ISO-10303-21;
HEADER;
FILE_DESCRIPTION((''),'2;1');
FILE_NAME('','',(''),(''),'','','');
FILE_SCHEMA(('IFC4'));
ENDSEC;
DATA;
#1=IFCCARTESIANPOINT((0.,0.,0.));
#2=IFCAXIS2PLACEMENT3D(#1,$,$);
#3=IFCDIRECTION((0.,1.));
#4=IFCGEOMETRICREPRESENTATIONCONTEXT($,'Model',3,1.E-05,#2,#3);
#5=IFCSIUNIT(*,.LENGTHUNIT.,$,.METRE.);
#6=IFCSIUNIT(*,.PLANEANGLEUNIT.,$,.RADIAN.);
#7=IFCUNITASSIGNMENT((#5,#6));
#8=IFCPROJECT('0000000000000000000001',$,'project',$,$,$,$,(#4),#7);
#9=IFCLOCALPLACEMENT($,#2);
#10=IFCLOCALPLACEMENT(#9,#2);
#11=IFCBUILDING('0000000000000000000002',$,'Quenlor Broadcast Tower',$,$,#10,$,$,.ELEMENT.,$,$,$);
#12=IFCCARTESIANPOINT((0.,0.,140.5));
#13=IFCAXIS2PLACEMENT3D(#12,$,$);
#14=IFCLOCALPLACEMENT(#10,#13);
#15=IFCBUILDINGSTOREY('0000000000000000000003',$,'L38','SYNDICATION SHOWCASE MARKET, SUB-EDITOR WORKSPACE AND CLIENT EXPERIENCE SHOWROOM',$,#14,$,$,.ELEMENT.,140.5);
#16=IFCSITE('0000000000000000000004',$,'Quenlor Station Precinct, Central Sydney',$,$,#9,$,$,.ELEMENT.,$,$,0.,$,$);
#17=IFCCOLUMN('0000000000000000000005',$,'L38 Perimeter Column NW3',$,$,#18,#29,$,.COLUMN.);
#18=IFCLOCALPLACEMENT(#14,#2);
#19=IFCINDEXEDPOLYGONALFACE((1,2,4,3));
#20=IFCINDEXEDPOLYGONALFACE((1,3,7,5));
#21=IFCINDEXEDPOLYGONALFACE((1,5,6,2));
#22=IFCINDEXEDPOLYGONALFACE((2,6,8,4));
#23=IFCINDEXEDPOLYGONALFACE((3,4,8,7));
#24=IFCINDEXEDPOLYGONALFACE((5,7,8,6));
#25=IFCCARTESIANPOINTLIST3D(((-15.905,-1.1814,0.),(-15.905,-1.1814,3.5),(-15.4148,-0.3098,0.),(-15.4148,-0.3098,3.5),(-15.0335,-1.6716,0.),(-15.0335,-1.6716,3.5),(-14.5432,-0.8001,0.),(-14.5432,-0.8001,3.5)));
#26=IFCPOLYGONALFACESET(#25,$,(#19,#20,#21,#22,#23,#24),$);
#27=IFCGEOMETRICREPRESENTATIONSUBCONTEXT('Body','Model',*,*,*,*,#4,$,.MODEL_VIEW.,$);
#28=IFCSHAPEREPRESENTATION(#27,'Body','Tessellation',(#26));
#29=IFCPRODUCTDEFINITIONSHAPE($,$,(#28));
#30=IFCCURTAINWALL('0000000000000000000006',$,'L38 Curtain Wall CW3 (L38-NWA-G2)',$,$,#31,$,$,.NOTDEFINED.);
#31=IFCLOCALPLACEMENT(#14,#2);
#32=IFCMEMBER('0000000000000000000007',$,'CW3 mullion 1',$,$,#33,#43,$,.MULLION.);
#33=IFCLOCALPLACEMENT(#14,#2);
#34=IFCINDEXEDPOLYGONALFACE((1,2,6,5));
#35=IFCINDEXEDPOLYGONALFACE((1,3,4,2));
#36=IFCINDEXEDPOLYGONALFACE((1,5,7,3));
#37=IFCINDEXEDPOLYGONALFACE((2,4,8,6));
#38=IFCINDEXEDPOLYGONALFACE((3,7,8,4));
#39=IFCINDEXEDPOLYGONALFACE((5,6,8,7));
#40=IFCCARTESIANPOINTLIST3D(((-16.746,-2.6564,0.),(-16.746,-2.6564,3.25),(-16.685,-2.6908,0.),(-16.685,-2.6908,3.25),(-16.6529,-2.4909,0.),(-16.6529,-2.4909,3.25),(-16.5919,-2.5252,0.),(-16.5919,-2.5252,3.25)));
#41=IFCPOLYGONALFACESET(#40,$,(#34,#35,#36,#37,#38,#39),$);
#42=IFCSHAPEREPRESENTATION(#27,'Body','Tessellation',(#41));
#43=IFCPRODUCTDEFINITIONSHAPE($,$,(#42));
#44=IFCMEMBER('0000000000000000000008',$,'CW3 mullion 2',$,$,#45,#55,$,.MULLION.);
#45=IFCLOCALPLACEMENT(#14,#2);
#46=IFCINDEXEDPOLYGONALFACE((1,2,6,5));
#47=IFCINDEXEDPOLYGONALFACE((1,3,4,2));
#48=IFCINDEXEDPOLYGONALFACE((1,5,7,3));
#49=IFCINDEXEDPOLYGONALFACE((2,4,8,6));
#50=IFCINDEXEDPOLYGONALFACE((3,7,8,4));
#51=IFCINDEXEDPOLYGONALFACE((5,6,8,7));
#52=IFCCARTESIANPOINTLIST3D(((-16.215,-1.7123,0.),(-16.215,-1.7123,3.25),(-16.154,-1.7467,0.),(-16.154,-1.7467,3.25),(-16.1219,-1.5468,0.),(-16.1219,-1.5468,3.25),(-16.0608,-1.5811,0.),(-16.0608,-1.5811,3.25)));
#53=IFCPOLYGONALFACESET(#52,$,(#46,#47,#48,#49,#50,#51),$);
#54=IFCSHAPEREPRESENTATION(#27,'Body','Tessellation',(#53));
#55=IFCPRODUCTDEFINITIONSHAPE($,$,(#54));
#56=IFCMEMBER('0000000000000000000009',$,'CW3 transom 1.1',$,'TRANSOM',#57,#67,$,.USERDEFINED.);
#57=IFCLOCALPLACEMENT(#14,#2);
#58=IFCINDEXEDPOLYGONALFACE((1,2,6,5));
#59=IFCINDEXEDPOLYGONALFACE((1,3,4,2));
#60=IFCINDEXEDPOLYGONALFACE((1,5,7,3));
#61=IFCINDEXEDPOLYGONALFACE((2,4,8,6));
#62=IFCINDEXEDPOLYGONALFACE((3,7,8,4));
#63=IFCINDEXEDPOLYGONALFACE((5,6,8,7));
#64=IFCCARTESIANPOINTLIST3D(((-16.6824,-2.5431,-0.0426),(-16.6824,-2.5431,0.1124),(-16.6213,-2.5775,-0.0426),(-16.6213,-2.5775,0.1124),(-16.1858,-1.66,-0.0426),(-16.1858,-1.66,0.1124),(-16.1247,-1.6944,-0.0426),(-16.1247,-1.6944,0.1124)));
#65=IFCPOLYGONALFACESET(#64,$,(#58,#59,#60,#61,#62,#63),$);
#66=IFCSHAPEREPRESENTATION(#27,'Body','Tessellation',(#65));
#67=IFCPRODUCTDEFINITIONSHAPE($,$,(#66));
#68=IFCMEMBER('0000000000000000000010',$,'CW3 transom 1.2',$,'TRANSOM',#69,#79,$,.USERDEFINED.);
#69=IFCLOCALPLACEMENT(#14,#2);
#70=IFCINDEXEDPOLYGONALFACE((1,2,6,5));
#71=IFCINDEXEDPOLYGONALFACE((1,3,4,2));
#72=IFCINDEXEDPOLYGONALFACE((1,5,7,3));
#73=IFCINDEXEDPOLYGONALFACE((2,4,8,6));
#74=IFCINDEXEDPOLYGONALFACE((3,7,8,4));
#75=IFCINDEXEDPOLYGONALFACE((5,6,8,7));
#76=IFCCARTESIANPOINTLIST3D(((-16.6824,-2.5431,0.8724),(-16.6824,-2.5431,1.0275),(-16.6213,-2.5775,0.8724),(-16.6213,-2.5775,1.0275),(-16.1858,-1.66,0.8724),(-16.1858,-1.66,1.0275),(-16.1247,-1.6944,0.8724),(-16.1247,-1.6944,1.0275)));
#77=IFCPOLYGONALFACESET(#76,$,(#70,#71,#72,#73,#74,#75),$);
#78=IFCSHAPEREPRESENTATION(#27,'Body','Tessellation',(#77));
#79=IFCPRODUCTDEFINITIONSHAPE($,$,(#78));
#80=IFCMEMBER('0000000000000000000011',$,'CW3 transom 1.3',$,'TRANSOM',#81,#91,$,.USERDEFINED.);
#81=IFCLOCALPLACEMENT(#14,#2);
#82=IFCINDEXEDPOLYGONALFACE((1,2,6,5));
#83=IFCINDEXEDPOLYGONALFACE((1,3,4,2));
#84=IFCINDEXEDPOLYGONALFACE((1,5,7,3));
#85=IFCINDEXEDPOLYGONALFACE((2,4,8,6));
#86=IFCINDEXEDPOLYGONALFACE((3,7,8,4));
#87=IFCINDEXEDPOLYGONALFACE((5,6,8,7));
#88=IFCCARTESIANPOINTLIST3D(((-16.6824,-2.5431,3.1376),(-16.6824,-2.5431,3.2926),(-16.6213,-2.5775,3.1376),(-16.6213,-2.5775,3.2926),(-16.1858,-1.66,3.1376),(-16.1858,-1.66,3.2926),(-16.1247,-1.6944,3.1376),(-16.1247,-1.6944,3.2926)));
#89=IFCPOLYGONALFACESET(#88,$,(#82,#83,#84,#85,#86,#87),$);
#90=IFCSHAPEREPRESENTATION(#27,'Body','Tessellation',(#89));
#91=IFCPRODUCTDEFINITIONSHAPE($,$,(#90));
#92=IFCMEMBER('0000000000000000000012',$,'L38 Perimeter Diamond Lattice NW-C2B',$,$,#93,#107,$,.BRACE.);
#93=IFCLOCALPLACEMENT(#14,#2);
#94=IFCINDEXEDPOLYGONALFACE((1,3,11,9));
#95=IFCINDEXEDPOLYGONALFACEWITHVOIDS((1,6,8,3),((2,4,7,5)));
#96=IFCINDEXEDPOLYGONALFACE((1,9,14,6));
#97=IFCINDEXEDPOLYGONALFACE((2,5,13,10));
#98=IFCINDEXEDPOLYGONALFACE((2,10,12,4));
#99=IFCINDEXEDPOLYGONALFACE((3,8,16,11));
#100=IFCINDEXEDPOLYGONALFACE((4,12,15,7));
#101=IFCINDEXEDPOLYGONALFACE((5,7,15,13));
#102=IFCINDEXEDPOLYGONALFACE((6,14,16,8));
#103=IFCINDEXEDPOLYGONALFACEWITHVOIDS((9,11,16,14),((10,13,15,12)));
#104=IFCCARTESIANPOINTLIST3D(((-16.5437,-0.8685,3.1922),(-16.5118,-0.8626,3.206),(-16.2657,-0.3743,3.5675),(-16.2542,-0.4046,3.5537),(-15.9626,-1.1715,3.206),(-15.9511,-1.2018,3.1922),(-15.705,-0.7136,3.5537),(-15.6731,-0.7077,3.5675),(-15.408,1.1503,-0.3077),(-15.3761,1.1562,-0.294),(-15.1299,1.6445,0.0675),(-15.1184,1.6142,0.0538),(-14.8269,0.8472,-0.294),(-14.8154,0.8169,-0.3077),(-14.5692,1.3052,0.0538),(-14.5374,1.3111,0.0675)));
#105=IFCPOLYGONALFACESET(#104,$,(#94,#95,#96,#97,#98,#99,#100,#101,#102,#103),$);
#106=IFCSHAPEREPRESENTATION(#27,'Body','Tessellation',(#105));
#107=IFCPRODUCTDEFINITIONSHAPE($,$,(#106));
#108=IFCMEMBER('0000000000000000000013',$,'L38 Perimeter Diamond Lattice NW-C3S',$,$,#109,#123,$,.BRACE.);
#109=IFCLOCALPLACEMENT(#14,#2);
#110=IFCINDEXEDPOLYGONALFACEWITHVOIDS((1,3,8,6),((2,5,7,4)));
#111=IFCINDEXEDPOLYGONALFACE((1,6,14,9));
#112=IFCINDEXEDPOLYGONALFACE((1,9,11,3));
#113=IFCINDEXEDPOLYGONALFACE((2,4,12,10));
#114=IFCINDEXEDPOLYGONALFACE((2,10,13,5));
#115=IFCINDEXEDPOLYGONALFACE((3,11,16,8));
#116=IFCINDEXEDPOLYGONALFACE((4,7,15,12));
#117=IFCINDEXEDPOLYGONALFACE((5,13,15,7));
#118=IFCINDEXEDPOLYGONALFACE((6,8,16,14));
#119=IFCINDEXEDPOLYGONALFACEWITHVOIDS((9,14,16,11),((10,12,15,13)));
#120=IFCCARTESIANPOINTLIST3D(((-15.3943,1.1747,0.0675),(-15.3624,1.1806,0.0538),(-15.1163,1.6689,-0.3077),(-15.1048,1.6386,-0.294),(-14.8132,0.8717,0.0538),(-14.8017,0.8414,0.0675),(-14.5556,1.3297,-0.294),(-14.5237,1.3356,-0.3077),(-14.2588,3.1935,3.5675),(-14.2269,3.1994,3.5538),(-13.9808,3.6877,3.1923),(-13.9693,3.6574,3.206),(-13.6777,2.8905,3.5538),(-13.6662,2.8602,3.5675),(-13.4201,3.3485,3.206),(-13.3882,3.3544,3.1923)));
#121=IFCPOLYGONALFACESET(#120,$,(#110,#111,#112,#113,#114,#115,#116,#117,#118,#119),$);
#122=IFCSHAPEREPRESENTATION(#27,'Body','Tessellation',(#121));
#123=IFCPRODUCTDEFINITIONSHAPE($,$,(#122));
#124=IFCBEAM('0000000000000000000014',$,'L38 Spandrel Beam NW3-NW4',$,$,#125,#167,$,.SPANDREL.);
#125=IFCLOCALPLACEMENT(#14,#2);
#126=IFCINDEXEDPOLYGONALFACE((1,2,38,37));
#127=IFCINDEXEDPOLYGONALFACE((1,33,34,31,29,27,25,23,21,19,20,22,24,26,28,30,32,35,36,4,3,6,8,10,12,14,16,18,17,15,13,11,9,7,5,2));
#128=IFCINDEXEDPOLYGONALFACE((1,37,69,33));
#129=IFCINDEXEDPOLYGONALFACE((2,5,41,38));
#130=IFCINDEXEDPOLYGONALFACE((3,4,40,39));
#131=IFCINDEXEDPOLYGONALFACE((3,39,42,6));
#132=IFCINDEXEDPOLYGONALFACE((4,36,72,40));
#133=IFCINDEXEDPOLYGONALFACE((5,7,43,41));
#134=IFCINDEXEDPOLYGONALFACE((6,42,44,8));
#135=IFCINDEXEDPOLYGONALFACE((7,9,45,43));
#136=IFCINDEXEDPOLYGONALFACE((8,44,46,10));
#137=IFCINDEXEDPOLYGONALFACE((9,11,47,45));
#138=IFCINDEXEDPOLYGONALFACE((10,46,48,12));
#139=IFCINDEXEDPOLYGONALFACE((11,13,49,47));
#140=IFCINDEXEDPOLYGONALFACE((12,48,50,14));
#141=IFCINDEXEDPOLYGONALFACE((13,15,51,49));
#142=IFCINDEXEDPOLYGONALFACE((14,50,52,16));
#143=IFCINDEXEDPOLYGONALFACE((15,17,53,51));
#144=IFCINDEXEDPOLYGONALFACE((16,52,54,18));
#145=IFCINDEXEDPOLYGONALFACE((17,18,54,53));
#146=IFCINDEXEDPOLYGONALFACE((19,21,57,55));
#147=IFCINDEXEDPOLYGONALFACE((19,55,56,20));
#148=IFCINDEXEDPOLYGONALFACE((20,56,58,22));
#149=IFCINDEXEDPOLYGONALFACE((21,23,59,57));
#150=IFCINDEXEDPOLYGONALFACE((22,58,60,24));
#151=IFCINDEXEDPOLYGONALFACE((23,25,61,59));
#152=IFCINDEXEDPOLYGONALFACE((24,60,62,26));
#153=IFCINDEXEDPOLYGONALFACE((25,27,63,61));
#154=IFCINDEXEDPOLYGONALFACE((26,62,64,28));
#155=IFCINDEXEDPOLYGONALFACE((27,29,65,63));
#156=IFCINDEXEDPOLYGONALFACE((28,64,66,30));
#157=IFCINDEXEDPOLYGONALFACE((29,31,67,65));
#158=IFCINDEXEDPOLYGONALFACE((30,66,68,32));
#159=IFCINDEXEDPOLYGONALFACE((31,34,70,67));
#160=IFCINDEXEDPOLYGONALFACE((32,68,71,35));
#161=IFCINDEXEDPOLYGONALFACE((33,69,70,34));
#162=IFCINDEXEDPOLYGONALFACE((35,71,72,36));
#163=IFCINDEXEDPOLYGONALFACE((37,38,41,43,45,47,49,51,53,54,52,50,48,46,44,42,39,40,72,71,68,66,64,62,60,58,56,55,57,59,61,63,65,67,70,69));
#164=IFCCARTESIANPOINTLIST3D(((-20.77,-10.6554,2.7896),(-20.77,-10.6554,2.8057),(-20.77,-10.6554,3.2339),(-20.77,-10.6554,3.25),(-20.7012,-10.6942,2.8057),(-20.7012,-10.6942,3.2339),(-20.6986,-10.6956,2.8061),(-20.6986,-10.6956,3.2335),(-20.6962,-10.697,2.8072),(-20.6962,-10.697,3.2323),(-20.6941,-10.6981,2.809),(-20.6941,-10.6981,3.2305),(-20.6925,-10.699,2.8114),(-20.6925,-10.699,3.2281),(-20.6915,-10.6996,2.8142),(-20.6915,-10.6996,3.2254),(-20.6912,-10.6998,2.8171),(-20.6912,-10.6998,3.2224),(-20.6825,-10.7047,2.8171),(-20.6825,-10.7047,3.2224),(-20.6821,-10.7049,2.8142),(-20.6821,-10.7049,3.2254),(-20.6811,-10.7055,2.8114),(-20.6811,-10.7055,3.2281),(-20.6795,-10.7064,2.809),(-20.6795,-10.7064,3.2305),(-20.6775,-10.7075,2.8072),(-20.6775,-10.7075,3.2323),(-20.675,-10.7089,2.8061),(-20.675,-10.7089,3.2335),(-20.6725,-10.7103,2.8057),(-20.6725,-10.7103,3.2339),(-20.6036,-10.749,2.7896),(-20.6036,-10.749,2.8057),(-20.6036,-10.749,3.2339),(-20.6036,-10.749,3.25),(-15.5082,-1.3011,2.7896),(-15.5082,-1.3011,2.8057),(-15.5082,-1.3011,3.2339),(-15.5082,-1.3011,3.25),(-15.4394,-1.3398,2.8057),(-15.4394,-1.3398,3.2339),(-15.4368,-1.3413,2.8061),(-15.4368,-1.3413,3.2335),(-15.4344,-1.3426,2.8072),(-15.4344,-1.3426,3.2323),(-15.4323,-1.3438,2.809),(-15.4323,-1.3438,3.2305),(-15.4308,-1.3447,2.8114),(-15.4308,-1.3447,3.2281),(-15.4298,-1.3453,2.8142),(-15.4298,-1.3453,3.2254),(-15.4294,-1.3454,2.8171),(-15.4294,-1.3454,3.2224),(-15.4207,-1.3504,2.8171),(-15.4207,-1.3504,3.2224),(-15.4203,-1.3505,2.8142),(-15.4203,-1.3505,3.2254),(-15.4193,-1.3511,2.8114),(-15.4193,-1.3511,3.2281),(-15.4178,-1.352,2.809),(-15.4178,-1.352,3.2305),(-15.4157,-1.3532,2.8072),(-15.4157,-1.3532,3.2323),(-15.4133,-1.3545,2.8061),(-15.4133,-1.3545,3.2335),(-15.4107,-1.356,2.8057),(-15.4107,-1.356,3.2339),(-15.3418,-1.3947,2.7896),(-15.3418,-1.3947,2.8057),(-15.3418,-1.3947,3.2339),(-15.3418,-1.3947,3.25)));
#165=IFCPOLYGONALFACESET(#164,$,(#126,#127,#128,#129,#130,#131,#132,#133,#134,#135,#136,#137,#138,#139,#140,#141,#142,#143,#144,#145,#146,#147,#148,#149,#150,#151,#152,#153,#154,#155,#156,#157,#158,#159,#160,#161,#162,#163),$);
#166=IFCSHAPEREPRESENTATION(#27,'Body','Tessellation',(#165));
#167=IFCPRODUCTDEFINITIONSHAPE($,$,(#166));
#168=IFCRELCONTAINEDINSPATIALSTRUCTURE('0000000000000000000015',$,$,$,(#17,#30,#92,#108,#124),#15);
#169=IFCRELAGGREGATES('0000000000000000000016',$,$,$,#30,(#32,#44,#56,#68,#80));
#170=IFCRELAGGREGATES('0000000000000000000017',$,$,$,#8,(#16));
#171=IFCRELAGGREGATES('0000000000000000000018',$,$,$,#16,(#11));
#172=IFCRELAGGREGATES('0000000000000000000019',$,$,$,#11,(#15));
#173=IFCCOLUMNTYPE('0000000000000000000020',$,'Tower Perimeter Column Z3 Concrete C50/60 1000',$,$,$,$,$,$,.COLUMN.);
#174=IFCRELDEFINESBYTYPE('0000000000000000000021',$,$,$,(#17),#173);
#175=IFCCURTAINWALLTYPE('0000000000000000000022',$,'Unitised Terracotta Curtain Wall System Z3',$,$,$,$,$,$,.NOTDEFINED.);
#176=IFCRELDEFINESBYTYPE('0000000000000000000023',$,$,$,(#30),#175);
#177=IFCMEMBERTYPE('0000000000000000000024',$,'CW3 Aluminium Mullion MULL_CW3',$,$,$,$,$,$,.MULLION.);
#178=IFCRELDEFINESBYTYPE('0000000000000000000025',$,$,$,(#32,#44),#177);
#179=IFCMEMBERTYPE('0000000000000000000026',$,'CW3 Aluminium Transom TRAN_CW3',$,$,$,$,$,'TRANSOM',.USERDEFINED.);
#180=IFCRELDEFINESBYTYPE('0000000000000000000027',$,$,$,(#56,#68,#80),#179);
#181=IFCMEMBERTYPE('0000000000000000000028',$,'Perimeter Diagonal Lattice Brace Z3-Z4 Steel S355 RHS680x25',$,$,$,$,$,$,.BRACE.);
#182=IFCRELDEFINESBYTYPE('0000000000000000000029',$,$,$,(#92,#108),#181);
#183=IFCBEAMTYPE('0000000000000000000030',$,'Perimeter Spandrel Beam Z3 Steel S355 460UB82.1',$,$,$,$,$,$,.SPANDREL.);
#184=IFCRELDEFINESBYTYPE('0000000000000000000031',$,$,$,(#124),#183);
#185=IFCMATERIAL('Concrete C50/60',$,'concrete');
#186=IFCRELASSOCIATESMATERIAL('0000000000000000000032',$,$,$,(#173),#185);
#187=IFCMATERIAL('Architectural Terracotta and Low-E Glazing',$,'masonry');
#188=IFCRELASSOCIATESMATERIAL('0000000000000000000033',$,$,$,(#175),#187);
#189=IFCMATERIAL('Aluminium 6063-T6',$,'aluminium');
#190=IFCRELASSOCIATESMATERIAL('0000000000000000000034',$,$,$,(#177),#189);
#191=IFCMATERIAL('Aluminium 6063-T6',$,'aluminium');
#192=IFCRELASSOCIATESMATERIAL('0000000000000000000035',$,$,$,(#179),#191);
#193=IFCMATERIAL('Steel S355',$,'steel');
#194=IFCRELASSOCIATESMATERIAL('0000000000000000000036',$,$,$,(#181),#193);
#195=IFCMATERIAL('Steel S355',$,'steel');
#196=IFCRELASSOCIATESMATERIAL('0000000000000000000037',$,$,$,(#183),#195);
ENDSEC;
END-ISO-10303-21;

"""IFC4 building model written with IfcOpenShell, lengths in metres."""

from ifc_helpers import new_model, si_unit, direction, frame, origin, origin_2d, place, context, subcontext, project, spatial, rectangle, hollow_rectangle, i_section, extrude, material, material_profile, profile_set, type_object, element, aggregate, save


model = new_model("IFC4")

# Units and contexts
model_context = context("Model", 3, precision=1e-05, world=origin(), true_north=direction((0.0, 1.0)))
body_context = subcontext(model_context, "Body", "Model", "MODEL_VIEW")
ifc_project = project(units=[si_unit("LENGTHUNIT", "METRE"), si_unit("PLANEANGLEUNIT", "RADIAN")], contexts=[model_context])

# Site, building, storey
site_placement = place(None, origin())
site = spatial("IfcSite", under=ifc_project, at=site_placement, Name="Quenlor Station Precinct, Central Sydney", CompositionType="ELEMENT", RefElevation=0.0)
building_placement = place(site_placement, origin())
building = spatial("IfcBuilding", under=site, at=building_placement, Name="Quenlor Broadcast Tower", CompositionType="ELEMENT")
storey_placement = place(building_placement, frame((0.0, 0.0, 140.5)))
storey = spatial("IfcBuildingStorey", under=building, at=storey_placement, Name="L38", Description="SYNDICATION SHOWCASE MARKET, SUB-EDITOR WORKSPACE AND CLIENT EXPERIENCE SHOWROOM", CompositionType="ELEMENT", Elevation=140.5)

# Column
ifc_material_1 = material(Name="Concrete C50/60", Category="concrete")
ifc_material_profile_1 = material_profile(ifc_material_1, rectangle(XDim=1.0, YDim=1.0, at=origin_2d()))
ifc_profile_set_1 = profile_set([ifc_material_profile_1], Name="Concrete C50/60 RC1000x1000")
column_type = type_object("IfcColumnType", Name="Tower Perimeter Column Z3 Concrete C50/60 1000", PredefinedType="COLUMN", material=ifc_profile_set_1)
column_placement = place(storey_placement, frame((-15.2241, -0.9907, 0.0), z_axis=(0.0, 0.0, 1.0), x_axis=(-0.871575, 0.490262, 0.0)))
element("IfcColumn", 1, at=column_placement, inside=storey, type_object=column_type, Name="L38 Perimeter Column NW3", PredefinedType="COLUMN", context=body_context, shape_type="SweptSolid", body=[
    extrude(rectangle(XDim=1.0, YDim=1.0, at=origin_2d()), origin(), (0.0, 0.0, 1.0), 3.5),
])

# Curtain wall, members
ifc_material_2 = material(Name="Architectural Terracotta and Low-E Glazing", Category="masonry")
curtain_wall_type = type_object("IfcCurtainWallType", Name="Unitised Terracotta Curtain Wall System Z3", PredefinedType="NOTDEFINED", material=ifc_material_2)
curtain_wall_placement = place(storey_placement, origin())
curtain_wall = element("IfcCurtainWall", 2, at=curtain_wall_placement, inside=storey, type_object=curtain_wall_type, Name="L38 Curtain Wall CW3 (L38-NWA-G2)", PredefinedType="NOTDEFINED")
ifc_material_3 = material(Name="Aluminium 6063-T6", Category="aluminium")
ifc_material_profile_2 = material_profile(ifc_material_3, rectangle(XDim=0.0701, YDim=0.1899, at=origin_2d()))
ifc_profile_set_2 = profile_set([ifc_material_profile_2], Name="Aluminium 6063-T6 MULL70x190")
member_type_1 = type_object("IfcMemberType", Name="CW3 Aluminium Mullion MULL_CW3", PredefinedType="MULLION", material=ifc_profile_set_2)
member_1_placement = place(storey_placement, frame((-16.6689, -2.5908, 0.0), z_axis=(0.0, 0.0, 1.0), x_axis=(-0.87158, 0.490253, 0.0)))
member_1 = element("IfcMember", 3, at=member_1_placement, type_object=member_type_1, Name="CW3 mullion 1", PredefinedType="MULLION", context=body_context, shape_type="SweptSolid", body=[
    extrude(rectangle(XDim=0.0701, YDim=0.1899, at=origin_2d()), origin(), (0.0, 0.0, 1.0), 3.25),
])
member_2_placement = place(storey_placement, frame((-16.1379, -1.6467, 0.0), z_axis=(0.0, 0.0, 1.0), x_axis=(-0.87158, 0.490253, 0.0)))
member_2 = element("IfcMember", 4, at=member_2_placement, type_object=member_type_1, Name="CW3 mullion 2", PredefinedType="MULLION", context=body_context, shape_type="SweptSolid", body=[
    extrude(rectangle(XDim=0.0701, YDim=0.1899, at=origin_2d()), origin(), (0.0, 0.0, 1.0), 3.25),
])
ifc_material_4 = material(Name="Aluminium 6063-T6", Category="aluminium")
ifc_material_profile_3 = material_profile(ifc_material_4, rectangle(XDim=0.0701, YDim=0.155, at=origin_2d()))
ifc_profile_set_3 = profile_set([ifc_material_profile_3], Name="Aluminium 6063-T6 TRAN70x155")
member_type_2 = type_object("IfcMemberType", Name="CW3 Aluminium Transom TRAN_CW3", ElementType="TRANSOM", PredefinedType="USERDEFINED", material=ifc_profile_set_3)
member_3_placement = place(storey_placement, frame((-16.6519, -2.5603, 0.0349), z_axis=(0.490158, 0.871633, 0.0), x_axis=(-0.871633, 0.490158, 0.0)))
member_3 = element("IfcMember", 5, at=member_3_placement, type_object=member_type_2, Name="CW3 transom 1.1", ObjectType="TRANSOM", PredefinedType="USERDEFINED", context=body_context, shape_type="SweptSolid", body=[
    extrude(rectangle(XDim=0.0701, YDim=0.155, at=origin_2d()), origin(), (0.0, 0.0, 1.0), 1.0132),
])
member_4_placement = place(storey_placement, frame((-16.6519, -2.5603, 0.95), z_axis=(0.490158, 0.871633, 0.0), x_axis=(-0.871633, 0.490158, 0.0)))
member_4 = element("IfcMember", 6, at=member_4_placement, type_object=member_type_2, Name="CW3 transom 1.2", ObjectType="TRANSOM", PredefinedType="USERDEFINED", context=body_context, shape_type="SweptSolid", body=[
    extrude(rectangle(XDim=0.0701, YDim=0.155, at=origin_2d()), origin(), (0.0, 0.0, 1.0), 1.0132),
])
member_5_placement = place(storey_placement, frame((-16.6519, -2.5603, 3.2151), z_axis=(0.490158, 0.871633, 0.0), x_axis=(-0.871633, 0.490158, 0.0)))
member_5 = element("IfcMember", 7, at=member_5_placement, type_object=member_type_2, Name="CW3 transom 1.3", ObjectType="TRANSOM", PredefinedType="USERDEFINED", context=body_context, shape_type="SweptSolid", body=[
    extrude(rectangle(XDim=0.0701, YDim=0.155, at=origin_2d()), origin(), (0.0, 0.0, 1.0), 1.0132),
])

# Members
ifc_material_5 = material(Name="Steel S355", Category="steel")
ifc_material_profile_4 = material_profile(ifc_material_5, hollow_rectangle(XDim=0.6799, YDim=0.6799, WallThickness=0.0249, at=origin_2d()))
ifc_profile_set_4 = profile_set([ifc_material_profile_4], Name="Steel S355 RHS680x680x25")
member_type_3 = type_object("IfcMemberType", Name="Perimeter Diagonal Lattice Brace Z3-Z4 Steel S355 RHS680x25", PredefinedType="BRACE", material=ifc_profile_set_4)
for number, where, z_axis, x_axis, name in (
    (8, (-14.9727, 1.2307, -0.1201), (-0.270603, -0.481001, 0.833914), (0.871545, -0.490316, 0.0), "L38 Perimeter Diamond Lattice NW-C2B"),
    (9, (-14.959, 1.2551, -0.1201), (0.270549, 0.481009, 0.833927), (-0.87159, 0.490236, 0.0), "L38 Perimeter Diamond Lattice NW-C3S"),
):
    element("IfcMember", number, at=place(storey_placement, frame(where, z_axis=z_axis, x_axis=x_axis)), inside=storey, type_object=member_type_3, Name=name, PredefinedType="BRACE", context=body_context, shape_type="SweptSolid", body=[
        extrude(hollow_rectangle(XDim=0.6799, YDim=0.6799, WallThickness=0.0249, at=origin_2d()), origin(), (0.0, 0.0, 1.0), 4.197),
    ])

# Beam
ifc_material_6 = material(Name="Steel S355", Category="steel")
ifc_material_profile_5 = material_profile(ifc_material_6, i_section(OverallWidth=0.1909, OverallDepth=0.4604, WebThickness=0.01, FlangeThickness=0.0161, FilletRadius=0.0115, at=origin_2d()))
ifc_profile_set_5 = profile_set([ifc_material_profile_5], Name="Steel S355 460UB82.1")
beam_type_1 = type_object("IfcBeamType", Name="Perimeter Spandrel Beam Z3 Steel S355 460UB82.1", PredefinedType="SPANDREL", material=ifc_profile_set_5)
beam_1_placement = place(storey_placement, frame((-15.425, -1.3479, 3.0198), z_axis=(-0.490258, -0.871577, 0.0), x_axis=(0.871577, -0.490258, 0.0)))
element("IfcBeam", 10, at=beam_1_placement, inside=storey, type_object=beam_type_1, Name="L38 Spandrel Beam NW3-NW4", PredefinedType="SPANDREL", context=body_context, shape_type="SweptSolid", body=[
    extrude(i_section(OverallWidth=0.1909, OverallDepth=0.4604, WebThickness=0.01, FlangeThickness=0.0161, FilletRadius=0.0115, at=origin_2d()), origin(), (0.0, 0.0, 1.0), 10.7327),
])

aggregate(curtain_wall, [member_1, member_2, member_3, member_4, member_5])

save(model, "model.ifc")
